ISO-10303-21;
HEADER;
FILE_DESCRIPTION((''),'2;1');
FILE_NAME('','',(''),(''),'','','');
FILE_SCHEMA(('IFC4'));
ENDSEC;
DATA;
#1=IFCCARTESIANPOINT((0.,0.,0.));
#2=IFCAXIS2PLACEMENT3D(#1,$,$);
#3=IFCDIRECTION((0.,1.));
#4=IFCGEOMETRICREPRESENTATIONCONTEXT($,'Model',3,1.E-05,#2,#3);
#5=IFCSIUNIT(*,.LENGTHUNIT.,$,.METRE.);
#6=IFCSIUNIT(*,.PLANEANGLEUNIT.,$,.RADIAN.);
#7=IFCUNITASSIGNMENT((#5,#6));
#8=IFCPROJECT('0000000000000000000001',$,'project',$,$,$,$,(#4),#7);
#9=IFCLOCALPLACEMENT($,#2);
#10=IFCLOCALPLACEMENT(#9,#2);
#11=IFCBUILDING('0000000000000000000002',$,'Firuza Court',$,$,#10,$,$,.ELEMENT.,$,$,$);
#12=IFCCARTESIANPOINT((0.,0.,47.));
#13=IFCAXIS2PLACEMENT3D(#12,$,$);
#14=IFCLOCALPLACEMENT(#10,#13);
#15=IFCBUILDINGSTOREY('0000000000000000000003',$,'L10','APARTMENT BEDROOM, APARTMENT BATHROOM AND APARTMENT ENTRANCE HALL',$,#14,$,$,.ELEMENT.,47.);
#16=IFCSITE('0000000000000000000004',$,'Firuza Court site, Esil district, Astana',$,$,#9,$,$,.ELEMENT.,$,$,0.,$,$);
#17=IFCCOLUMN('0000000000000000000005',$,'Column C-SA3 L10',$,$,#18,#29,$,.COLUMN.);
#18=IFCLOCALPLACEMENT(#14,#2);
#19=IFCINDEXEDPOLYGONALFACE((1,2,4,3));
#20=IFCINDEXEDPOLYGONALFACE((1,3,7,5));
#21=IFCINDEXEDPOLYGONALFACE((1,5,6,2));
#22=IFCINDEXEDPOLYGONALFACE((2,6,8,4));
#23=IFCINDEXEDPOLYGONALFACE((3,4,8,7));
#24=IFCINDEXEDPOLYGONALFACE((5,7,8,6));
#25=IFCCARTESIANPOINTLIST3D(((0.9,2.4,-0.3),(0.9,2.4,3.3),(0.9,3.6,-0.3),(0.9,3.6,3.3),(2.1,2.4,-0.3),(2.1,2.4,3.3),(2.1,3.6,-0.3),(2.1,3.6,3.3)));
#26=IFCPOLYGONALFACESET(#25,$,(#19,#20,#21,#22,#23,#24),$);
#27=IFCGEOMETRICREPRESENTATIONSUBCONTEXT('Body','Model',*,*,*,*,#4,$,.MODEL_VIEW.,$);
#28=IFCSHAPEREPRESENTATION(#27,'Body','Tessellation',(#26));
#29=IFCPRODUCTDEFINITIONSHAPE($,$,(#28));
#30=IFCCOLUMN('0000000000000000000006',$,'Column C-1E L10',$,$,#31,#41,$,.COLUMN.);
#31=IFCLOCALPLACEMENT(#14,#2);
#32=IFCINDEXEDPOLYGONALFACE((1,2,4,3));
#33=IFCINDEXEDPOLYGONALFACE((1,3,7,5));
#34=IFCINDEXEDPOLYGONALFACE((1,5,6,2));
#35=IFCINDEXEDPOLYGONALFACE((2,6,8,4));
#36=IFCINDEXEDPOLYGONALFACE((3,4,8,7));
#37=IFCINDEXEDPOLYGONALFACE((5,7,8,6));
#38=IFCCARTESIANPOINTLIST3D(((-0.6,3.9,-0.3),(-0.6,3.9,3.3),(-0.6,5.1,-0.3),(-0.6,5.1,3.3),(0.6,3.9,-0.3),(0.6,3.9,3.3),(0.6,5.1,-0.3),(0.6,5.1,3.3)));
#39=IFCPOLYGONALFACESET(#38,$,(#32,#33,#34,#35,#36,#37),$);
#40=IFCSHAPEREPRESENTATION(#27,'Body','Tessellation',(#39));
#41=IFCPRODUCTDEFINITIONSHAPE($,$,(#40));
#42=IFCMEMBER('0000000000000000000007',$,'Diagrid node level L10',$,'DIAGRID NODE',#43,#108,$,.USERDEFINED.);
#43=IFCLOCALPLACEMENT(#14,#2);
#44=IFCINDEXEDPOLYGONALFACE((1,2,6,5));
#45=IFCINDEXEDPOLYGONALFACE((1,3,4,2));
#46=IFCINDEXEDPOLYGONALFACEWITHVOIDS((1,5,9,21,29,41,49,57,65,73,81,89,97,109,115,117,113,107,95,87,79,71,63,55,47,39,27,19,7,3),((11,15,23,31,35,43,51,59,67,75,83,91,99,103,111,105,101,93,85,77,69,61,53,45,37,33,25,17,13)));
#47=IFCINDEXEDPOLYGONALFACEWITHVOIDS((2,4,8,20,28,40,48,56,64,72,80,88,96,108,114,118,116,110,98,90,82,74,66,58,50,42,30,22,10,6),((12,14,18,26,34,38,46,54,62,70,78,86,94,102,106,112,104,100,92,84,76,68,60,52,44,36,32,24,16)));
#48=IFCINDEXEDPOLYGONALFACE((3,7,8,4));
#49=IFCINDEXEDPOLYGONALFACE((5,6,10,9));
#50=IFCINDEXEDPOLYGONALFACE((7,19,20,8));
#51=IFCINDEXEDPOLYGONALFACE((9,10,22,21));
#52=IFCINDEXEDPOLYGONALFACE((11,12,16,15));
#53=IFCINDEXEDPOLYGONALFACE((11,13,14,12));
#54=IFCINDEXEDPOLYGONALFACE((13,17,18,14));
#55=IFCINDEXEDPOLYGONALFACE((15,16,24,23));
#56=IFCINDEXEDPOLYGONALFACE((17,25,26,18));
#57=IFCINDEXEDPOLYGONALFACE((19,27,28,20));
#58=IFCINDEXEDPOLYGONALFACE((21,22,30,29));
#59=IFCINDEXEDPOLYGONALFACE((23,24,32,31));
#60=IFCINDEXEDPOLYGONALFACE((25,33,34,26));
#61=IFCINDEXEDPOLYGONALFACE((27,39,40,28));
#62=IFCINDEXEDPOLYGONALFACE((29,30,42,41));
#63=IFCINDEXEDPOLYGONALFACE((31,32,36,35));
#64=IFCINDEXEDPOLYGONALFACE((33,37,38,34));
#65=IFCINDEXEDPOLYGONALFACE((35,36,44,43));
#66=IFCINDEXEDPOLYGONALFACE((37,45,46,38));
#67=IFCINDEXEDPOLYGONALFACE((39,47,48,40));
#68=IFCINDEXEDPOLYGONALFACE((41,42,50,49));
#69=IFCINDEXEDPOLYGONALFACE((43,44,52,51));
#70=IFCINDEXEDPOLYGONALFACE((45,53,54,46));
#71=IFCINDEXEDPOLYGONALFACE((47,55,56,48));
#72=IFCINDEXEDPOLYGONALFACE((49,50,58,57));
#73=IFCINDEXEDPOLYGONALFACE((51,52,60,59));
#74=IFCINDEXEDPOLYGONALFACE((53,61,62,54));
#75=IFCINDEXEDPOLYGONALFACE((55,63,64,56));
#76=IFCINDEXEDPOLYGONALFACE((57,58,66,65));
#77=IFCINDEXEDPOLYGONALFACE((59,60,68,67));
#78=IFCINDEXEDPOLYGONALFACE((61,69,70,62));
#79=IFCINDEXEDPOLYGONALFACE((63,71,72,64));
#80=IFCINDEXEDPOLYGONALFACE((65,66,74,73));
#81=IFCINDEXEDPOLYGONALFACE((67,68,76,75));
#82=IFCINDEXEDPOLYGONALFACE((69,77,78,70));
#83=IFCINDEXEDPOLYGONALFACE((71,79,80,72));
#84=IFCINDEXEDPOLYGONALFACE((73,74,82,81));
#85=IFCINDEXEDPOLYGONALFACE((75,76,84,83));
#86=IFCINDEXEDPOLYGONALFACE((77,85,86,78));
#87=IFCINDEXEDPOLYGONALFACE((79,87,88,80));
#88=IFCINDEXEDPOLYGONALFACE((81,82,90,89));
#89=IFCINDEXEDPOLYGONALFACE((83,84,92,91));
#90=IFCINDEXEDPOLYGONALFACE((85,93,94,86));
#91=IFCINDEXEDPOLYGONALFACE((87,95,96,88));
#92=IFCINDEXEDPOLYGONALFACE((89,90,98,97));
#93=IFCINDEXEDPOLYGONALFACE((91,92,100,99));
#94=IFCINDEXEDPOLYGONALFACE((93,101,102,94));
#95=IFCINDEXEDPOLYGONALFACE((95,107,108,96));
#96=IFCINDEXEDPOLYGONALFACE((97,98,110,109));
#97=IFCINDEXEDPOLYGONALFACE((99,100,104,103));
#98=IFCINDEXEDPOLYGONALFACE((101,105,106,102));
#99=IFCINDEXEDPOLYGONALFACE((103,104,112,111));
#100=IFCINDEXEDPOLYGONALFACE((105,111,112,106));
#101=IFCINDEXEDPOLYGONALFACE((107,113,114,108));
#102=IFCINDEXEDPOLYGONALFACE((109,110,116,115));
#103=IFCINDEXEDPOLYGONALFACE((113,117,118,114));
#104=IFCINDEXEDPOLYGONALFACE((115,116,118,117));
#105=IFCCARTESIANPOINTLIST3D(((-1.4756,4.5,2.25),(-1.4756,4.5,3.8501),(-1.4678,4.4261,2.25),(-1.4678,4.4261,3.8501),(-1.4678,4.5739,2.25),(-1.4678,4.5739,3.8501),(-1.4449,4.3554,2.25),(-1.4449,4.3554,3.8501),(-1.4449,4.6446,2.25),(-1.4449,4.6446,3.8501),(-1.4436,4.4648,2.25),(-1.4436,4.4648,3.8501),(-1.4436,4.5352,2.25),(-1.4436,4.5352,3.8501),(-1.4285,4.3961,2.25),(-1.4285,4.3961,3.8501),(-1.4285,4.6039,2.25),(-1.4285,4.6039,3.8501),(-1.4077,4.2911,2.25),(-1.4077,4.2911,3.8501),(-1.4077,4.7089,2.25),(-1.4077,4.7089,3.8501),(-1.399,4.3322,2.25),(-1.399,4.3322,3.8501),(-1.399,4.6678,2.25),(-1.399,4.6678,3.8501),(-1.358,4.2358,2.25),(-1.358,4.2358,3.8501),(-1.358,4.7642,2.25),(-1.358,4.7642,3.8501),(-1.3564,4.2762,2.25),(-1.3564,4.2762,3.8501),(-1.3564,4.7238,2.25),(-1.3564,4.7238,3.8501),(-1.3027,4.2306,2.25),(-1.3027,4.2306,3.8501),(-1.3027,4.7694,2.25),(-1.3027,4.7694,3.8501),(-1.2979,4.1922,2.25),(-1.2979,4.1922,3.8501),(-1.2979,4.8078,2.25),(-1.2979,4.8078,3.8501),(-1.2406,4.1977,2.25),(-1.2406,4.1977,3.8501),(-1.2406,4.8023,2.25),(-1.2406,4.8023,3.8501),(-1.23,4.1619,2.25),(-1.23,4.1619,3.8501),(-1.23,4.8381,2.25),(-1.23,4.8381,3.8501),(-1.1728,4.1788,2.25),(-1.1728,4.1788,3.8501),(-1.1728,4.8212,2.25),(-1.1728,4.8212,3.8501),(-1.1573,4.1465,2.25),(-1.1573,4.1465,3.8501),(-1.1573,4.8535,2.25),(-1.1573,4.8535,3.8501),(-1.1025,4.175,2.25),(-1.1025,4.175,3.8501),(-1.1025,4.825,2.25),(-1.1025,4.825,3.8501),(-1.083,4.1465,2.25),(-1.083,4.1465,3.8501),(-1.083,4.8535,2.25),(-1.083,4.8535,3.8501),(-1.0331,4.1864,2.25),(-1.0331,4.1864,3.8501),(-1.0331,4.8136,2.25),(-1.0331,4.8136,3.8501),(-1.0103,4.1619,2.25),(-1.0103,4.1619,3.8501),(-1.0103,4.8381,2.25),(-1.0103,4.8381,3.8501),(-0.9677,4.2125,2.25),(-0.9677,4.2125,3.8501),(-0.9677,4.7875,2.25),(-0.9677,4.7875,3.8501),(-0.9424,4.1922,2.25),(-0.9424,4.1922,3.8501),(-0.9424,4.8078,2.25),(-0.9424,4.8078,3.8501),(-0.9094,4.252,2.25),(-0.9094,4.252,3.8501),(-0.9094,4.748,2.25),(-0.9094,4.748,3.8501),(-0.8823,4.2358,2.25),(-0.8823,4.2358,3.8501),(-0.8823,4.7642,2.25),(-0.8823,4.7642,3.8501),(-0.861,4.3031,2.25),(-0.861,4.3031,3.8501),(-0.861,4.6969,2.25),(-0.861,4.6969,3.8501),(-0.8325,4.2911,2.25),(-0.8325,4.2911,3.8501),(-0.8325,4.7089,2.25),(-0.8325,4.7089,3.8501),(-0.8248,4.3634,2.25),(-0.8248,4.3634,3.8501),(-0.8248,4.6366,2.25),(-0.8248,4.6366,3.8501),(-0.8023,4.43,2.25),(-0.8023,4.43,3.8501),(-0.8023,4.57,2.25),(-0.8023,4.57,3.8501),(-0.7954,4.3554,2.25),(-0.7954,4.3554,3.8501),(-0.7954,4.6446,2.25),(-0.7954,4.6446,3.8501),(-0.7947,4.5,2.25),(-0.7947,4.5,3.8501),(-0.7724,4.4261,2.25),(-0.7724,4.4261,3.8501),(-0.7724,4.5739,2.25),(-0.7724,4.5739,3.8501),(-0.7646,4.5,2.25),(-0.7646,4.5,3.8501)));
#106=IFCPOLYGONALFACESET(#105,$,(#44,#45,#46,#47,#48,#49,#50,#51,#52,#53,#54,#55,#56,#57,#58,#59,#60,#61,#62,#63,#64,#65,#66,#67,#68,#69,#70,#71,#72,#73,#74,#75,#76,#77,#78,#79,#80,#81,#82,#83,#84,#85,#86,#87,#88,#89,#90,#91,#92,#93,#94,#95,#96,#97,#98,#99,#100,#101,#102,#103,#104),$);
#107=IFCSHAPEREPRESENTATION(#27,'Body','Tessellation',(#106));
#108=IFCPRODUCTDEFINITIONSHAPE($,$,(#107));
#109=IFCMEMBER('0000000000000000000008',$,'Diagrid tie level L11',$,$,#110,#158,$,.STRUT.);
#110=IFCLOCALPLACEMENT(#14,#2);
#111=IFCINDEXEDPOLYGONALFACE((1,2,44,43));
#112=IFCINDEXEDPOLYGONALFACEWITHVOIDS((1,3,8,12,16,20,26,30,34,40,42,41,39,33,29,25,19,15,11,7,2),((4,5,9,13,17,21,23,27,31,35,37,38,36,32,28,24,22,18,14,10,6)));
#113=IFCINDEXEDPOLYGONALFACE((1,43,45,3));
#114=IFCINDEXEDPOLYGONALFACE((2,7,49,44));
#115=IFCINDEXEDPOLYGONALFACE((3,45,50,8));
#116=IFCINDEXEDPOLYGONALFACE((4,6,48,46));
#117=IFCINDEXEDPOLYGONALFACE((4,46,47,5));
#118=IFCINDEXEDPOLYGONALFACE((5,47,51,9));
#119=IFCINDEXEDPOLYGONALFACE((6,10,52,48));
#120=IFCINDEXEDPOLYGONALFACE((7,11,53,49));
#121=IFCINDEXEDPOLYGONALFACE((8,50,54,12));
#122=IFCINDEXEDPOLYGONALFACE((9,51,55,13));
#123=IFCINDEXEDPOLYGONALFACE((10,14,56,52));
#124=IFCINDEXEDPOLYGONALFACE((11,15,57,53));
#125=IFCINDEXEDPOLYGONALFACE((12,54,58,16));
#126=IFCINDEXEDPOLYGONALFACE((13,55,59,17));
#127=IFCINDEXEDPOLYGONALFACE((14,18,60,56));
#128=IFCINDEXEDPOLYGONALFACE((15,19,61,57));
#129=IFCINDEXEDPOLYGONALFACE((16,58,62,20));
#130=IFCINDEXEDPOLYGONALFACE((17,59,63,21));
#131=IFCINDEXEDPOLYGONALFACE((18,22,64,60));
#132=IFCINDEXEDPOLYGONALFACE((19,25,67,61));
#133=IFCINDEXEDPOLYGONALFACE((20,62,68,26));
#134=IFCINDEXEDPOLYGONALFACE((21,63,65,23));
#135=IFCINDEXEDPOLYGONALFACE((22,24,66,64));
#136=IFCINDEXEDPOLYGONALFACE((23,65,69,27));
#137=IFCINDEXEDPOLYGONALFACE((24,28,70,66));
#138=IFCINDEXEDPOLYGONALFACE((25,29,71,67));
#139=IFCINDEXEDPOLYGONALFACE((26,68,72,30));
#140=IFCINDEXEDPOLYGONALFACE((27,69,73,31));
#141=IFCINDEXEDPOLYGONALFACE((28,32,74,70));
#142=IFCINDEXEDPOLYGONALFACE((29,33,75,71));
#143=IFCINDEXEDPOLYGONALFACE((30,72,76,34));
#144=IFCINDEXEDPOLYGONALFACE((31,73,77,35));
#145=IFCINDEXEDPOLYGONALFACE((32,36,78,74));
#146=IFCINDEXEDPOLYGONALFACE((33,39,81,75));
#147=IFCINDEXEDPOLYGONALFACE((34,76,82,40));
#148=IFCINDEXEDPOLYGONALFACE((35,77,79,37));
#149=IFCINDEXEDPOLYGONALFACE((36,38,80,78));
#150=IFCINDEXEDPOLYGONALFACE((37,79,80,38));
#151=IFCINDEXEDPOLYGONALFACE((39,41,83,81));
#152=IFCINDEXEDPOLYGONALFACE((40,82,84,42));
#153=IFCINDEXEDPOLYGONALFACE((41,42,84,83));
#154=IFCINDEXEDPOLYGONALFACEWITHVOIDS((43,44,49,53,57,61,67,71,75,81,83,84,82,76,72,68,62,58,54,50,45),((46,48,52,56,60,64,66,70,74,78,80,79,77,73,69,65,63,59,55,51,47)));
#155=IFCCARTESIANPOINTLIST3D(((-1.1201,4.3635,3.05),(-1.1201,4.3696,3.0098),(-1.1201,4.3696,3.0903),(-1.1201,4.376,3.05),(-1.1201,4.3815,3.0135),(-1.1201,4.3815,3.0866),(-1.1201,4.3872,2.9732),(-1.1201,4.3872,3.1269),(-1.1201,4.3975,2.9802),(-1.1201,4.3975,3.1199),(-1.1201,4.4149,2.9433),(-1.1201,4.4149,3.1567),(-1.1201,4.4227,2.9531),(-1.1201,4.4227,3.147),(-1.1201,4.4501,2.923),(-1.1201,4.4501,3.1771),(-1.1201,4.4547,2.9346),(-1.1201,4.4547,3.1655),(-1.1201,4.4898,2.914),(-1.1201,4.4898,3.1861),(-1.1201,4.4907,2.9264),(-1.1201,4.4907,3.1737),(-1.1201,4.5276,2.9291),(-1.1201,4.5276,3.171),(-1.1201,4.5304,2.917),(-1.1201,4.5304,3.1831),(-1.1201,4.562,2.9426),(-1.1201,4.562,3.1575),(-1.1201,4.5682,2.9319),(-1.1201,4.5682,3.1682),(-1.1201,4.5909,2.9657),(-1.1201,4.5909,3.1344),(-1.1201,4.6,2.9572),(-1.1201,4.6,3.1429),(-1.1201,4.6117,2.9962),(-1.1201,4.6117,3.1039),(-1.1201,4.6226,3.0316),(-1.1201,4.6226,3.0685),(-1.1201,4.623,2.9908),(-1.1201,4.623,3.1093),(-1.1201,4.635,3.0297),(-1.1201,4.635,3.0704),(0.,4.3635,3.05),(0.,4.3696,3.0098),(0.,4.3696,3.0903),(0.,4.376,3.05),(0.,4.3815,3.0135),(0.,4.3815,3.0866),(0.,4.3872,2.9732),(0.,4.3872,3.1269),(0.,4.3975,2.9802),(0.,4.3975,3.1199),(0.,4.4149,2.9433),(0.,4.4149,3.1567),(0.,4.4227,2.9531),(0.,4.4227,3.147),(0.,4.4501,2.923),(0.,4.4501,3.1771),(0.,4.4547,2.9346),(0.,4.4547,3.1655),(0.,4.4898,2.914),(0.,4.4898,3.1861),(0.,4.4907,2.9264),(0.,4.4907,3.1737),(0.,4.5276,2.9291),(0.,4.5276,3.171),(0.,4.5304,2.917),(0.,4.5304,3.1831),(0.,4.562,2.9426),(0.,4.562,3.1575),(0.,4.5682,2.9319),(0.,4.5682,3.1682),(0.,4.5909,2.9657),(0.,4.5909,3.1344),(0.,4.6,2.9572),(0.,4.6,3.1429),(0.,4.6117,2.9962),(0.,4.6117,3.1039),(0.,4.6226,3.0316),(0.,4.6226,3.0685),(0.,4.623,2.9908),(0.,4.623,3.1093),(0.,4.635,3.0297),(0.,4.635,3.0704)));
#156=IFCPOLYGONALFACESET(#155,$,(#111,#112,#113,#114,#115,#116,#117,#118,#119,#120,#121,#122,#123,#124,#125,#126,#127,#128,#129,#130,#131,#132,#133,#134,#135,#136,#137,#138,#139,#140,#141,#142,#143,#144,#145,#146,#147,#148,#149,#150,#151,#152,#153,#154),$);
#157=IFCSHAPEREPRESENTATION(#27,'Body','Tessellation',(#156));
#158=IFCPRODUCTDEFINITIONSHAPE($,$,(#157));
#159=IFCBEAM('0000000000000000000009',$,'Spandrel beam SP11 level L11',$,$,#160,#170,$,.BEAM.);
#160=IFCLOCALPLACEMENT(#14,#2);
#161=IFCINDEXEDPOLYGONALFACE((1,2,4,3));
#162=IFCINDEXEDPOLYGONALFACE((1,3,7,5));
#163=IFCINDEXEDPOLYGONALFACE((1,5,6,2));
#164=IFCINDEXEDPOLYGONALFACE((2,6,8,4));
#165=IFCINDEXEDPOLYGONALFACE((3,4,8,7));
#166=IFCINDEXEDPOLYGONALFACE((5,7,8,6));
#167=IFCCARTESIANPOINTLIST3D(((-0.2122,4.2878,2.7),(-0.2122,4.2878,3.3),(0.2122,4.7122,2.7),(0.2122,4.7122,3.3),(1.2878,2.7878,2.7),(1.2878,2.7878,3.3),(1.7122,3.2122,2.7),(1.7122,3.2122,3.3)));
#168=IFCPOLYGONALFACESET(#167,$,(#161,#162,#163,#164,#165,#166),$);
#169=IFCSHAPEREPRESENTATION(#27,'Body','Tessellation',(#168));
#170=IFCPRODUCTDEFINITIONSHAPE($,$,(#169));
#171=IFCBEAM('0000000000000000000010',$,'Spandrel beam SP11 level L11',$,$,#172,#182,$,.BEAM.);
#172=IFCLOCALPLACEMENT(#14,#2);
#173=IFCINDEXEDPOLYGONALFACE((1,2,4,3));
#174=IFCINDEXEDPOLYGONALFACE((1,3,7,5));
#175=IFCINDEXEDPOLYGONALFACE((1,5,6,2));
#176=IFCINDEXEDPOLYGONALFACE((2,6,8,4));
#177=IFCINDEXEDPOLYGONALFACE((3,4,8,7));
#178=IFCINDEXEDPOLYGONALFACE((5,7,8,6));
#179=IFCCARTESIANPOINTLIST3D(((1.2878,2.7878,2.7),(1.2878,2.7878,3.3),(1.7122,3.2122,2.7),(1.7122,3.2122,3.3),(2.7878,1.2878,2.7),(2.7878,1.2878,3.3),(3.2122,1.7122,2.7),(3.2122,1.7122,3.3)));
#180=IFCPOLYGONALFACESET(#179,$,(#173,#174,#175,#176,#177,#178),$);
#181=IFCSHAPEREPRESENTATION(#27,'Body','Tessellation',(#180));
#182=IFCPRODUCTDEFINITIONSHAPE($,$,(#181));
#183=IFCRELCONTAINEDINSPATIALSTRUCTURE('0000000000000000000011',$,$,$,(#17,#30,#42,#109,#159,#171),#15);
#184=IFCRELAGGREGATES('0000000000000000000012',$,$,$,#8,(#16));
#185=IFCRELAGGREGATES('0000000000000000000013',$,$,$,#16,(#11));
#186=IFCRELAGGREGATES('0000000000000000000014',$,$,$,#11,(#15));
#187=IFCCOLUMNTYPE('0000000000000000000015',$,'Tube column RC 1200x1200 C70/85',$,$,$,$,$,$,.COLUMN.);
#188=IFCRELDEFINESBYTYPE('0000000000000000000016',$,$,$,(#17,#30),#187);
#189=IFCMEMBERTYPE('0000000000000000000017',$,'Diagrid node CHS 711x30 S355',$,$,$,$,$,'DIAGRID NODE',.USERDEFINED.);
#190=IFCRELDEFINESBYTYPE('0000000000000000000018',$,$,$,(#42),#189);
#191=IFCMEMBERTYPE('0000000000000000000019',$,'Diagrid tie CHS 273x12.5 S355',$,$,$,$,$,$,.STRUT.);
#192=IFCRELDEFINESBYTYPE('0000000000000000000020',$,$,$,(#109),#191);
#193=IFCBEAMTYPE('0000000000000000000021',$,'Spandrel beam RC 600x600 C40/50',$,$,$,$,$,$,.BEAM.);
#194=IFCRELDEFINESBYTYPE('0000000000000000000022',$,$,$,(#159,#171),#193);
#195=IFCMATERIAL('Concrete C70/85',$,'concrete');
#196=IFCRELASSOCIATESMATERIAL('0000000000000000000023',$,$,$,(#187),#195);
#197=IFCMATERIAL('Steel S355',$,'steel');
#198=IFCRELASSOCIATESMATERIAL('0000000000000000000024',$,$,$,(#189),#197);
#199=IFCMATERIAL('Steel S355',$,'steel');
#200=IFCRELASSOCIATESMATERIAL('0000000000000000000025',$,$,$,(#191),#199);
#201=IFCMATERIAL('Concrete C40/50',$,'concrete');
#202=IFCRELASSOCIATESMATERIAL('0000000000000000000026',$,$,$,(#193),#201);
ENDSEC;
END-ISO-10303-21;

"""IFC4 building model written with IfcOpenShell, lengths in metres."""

from ifc_helpers import new_model, si_unit, direction, frame, origin, origin_2d, place, context, subcontext, project, spatial, rectangle, hollow_circle, extrude, material, material_profile, profile_set, type_object, element, save


model = new_model("IFC4")

# Units and contexts
model_context = context("Model", 3, precision=1e-05, world=origin(), true_north=direction((0.0, 1.0)))
body_context = subcontext(model_context, "Body", "Model", "MODEL_VIEW")
ifc_project = project(units=[si_unit("LENGTHUNIT", "METRE"), si_unit("PLANEANGLEUNIT", "RADIAN")], contexts=[model_context])

# Site, building, storey
site_placement = place(None, origin())
site = spatial("IfcSite", under=ifc_project, at=site_placement, Name="Firuza Court site, Esil district, Astana", CompositionType="ELEMENT", RefElevation=0.0)
building_placement = place(site_placement, origin())
building = spatial("IfcBuilding", under=site, at=building_placement, Name="Firuza Court", CompositionType="ELEMENT")
storey_placement = place(building_placement, frame((0.0, 0.0, 47.0)))
storey = spatial("IfcBuildingStorey", under=building, at=storey_placement, Name="L10", Description="APARTMENT BEDROOM, APARTMENT BATHROOM AND APARTMENT ENTRANCE HALL", CompositionType="ELEMENT", Elevation=47.0)

# Columns
ifc_material_1 = material(Name="Concrete C70/85", Category="concrete")
ifc_material_profile_1 = material_profile(ifc_material_1, rectangle(XDim=1.2, YDim=1.2, at=origin_2d()), Name="RC 1200x1200")
ifc_profile_set_1 = profile_set([ifc_material_profile_1], Name="Concrete C70/85")
column_type = type_object("IfcColumnType", Name="Tube column RC 1200x1200 C70/85", PredefinedType="COLUMN", material=ifc_profile_set_1)
for number, where, z_axis, x_axis, name in (
    (1, (1.5, 3.0, -0.3), (0.0, 0.0, 1.0), (1.0, 0.0, 0.0), "Column C-SA3 L10"),
    (2, (0.0, 4.5, -0.3), (0.0, 0.0, 1.0), (1.0, 0.0, 0.0), "Column C-1E L10"),
):
    element("IfcColumn", number, at=place(storey_placement, frame(where, z_axis=z_axis, x_axis=x_axis)), inside=storey, type_object=column_type, Name=name, PredefinedType="COLUMN", context=body_context, shape_type="SweptSolid", body=[
        extrude(rectangle(XDim=1.2, YDim=1.2, at=origin_2d()), origin(), (0.0, 0.0, 1.0), 3.6001),
    ])

# Members
ifc_material_2 = material(Name="Steel S355", Category="steel")
ifc_material_profile_2 = material_profile(ifc_material_2, hollow_circle(Radius=0.3555, WallThickness=0.03, at=origin_2d()), Name="CHS 711x30")
ifc_profile_set_2 = profile_set([ifc_material_profile_2], Name="Steel S355")
member_type_1 = type_object("IfcMemberType", Name="Diagrid node CHS 711x30 S355", ElementType="DIAGRID NODE", PredefinedType="USERDEFINED", material=ifc_profile_set_2)
member_1_placement = place(storey_placement, frame((-1.1201, 4.5, 2.25), z_axis=(0.0, 0.0, 1.0), x_axis=(1.0, 0.0, 0.0)))
element("IfcMember", 3, at=member_1_placement, inside=storey, type_object=member_type_1, Name="Diagrid node level L10", ObjectType="DIAGRID NODE", PredefinedType="USERDEFINED", context=body_context, shape_type="SweptSolid", body=[
    extrude(hollow_circle(Radius=0.3555, WallThickness=0.03, at=origin_2d()), origin(), (0.0, 0.0, 1.0), 1.6001),
])
ifc_material_3 = material(Name="Steel S355", Category="steel")
ifc_material_profile_3 = material_profile(ifc_material_3, hollow_circle(Radius=0.1365, WallThickness=0.0125, at=origin_2d()), Name="CHS 273x12.5")
ifc_profile_set_3 = profile_set([ifc_material_profile_3], Name="Steel S355")
member_type_2 = type_object("IfcMemberType", Name="Diagrid tie CHS 273x12.5 S355", PredefinedType="STRUT", material=ifc_profile_set_3)
member_2_placement = place(storey_placement, frame((0.0, 4.5, 3.05), z_axis=(-1.0, 0.0, 0.0), x_axis=(0.0, -1.0, 0.0)))
element("IfcMember", 4, at=member_2_placement, inside=storey, type_object=member_type_2, Name="Diagrid tie level L11", PredefinedType="STRUT", context=body_context, shape_type="SweptSolid", body=[
    extrude(hollow_circle(Radius=0.1365, WallThickness=0.0125, at=origin_2d()), origin(), (0.0, 0.0, 1.0), 1.1201),
])

# Beams
ifc_material_4 = material(Name="Concrete C40/50", Category="concrete")
ifc_material_profile_4 = material_profile(ifc_material_4, rectangle(XDim=0.6001, YDim=0.6001, at=origin_2d()), Name="RC 600x600")
ifc_profile_set_4 = profile_set([ifc_material_profile_4], Name="Concrete C40/50")
beam_type = type_object("IfcBeamType", Name="Spandrel beam RC 600x600 C40/50", PredefinedType="BEAM", material=ifc_profile_set_4)
for number, where, z_axis, x_axis, name in (
    (5, (0.0, 4.5, 3.0), (0.707107, -0.707107, 0.0), (0.707107, 0.707107, 0.0), "Spandrel beam SP11 level L11"),
    (6, (1.5, 3.0, 3.0), (0.707107, -0.707107, 0.0), (0.707107, 0.707107, 0.0), "Spandrel beam SP11 level L11"),
):
    element("IfcBeam", number, at=place(storey_placement, frame(where, z_axis=z_axis, x_axis=x_axis)), inside=storey, type_object=beam_type, Name=name, PredefinedType="BEAM", context=body_context, shape_type="SweptSolid", body=[
        extrude(rectangle(XDim=0.6001, YDim=0.6001, at=origin_2d()), origin(), (0.0, 0.0, 1.0), 2.1213),
    ])

save(model, "model.ifc")
